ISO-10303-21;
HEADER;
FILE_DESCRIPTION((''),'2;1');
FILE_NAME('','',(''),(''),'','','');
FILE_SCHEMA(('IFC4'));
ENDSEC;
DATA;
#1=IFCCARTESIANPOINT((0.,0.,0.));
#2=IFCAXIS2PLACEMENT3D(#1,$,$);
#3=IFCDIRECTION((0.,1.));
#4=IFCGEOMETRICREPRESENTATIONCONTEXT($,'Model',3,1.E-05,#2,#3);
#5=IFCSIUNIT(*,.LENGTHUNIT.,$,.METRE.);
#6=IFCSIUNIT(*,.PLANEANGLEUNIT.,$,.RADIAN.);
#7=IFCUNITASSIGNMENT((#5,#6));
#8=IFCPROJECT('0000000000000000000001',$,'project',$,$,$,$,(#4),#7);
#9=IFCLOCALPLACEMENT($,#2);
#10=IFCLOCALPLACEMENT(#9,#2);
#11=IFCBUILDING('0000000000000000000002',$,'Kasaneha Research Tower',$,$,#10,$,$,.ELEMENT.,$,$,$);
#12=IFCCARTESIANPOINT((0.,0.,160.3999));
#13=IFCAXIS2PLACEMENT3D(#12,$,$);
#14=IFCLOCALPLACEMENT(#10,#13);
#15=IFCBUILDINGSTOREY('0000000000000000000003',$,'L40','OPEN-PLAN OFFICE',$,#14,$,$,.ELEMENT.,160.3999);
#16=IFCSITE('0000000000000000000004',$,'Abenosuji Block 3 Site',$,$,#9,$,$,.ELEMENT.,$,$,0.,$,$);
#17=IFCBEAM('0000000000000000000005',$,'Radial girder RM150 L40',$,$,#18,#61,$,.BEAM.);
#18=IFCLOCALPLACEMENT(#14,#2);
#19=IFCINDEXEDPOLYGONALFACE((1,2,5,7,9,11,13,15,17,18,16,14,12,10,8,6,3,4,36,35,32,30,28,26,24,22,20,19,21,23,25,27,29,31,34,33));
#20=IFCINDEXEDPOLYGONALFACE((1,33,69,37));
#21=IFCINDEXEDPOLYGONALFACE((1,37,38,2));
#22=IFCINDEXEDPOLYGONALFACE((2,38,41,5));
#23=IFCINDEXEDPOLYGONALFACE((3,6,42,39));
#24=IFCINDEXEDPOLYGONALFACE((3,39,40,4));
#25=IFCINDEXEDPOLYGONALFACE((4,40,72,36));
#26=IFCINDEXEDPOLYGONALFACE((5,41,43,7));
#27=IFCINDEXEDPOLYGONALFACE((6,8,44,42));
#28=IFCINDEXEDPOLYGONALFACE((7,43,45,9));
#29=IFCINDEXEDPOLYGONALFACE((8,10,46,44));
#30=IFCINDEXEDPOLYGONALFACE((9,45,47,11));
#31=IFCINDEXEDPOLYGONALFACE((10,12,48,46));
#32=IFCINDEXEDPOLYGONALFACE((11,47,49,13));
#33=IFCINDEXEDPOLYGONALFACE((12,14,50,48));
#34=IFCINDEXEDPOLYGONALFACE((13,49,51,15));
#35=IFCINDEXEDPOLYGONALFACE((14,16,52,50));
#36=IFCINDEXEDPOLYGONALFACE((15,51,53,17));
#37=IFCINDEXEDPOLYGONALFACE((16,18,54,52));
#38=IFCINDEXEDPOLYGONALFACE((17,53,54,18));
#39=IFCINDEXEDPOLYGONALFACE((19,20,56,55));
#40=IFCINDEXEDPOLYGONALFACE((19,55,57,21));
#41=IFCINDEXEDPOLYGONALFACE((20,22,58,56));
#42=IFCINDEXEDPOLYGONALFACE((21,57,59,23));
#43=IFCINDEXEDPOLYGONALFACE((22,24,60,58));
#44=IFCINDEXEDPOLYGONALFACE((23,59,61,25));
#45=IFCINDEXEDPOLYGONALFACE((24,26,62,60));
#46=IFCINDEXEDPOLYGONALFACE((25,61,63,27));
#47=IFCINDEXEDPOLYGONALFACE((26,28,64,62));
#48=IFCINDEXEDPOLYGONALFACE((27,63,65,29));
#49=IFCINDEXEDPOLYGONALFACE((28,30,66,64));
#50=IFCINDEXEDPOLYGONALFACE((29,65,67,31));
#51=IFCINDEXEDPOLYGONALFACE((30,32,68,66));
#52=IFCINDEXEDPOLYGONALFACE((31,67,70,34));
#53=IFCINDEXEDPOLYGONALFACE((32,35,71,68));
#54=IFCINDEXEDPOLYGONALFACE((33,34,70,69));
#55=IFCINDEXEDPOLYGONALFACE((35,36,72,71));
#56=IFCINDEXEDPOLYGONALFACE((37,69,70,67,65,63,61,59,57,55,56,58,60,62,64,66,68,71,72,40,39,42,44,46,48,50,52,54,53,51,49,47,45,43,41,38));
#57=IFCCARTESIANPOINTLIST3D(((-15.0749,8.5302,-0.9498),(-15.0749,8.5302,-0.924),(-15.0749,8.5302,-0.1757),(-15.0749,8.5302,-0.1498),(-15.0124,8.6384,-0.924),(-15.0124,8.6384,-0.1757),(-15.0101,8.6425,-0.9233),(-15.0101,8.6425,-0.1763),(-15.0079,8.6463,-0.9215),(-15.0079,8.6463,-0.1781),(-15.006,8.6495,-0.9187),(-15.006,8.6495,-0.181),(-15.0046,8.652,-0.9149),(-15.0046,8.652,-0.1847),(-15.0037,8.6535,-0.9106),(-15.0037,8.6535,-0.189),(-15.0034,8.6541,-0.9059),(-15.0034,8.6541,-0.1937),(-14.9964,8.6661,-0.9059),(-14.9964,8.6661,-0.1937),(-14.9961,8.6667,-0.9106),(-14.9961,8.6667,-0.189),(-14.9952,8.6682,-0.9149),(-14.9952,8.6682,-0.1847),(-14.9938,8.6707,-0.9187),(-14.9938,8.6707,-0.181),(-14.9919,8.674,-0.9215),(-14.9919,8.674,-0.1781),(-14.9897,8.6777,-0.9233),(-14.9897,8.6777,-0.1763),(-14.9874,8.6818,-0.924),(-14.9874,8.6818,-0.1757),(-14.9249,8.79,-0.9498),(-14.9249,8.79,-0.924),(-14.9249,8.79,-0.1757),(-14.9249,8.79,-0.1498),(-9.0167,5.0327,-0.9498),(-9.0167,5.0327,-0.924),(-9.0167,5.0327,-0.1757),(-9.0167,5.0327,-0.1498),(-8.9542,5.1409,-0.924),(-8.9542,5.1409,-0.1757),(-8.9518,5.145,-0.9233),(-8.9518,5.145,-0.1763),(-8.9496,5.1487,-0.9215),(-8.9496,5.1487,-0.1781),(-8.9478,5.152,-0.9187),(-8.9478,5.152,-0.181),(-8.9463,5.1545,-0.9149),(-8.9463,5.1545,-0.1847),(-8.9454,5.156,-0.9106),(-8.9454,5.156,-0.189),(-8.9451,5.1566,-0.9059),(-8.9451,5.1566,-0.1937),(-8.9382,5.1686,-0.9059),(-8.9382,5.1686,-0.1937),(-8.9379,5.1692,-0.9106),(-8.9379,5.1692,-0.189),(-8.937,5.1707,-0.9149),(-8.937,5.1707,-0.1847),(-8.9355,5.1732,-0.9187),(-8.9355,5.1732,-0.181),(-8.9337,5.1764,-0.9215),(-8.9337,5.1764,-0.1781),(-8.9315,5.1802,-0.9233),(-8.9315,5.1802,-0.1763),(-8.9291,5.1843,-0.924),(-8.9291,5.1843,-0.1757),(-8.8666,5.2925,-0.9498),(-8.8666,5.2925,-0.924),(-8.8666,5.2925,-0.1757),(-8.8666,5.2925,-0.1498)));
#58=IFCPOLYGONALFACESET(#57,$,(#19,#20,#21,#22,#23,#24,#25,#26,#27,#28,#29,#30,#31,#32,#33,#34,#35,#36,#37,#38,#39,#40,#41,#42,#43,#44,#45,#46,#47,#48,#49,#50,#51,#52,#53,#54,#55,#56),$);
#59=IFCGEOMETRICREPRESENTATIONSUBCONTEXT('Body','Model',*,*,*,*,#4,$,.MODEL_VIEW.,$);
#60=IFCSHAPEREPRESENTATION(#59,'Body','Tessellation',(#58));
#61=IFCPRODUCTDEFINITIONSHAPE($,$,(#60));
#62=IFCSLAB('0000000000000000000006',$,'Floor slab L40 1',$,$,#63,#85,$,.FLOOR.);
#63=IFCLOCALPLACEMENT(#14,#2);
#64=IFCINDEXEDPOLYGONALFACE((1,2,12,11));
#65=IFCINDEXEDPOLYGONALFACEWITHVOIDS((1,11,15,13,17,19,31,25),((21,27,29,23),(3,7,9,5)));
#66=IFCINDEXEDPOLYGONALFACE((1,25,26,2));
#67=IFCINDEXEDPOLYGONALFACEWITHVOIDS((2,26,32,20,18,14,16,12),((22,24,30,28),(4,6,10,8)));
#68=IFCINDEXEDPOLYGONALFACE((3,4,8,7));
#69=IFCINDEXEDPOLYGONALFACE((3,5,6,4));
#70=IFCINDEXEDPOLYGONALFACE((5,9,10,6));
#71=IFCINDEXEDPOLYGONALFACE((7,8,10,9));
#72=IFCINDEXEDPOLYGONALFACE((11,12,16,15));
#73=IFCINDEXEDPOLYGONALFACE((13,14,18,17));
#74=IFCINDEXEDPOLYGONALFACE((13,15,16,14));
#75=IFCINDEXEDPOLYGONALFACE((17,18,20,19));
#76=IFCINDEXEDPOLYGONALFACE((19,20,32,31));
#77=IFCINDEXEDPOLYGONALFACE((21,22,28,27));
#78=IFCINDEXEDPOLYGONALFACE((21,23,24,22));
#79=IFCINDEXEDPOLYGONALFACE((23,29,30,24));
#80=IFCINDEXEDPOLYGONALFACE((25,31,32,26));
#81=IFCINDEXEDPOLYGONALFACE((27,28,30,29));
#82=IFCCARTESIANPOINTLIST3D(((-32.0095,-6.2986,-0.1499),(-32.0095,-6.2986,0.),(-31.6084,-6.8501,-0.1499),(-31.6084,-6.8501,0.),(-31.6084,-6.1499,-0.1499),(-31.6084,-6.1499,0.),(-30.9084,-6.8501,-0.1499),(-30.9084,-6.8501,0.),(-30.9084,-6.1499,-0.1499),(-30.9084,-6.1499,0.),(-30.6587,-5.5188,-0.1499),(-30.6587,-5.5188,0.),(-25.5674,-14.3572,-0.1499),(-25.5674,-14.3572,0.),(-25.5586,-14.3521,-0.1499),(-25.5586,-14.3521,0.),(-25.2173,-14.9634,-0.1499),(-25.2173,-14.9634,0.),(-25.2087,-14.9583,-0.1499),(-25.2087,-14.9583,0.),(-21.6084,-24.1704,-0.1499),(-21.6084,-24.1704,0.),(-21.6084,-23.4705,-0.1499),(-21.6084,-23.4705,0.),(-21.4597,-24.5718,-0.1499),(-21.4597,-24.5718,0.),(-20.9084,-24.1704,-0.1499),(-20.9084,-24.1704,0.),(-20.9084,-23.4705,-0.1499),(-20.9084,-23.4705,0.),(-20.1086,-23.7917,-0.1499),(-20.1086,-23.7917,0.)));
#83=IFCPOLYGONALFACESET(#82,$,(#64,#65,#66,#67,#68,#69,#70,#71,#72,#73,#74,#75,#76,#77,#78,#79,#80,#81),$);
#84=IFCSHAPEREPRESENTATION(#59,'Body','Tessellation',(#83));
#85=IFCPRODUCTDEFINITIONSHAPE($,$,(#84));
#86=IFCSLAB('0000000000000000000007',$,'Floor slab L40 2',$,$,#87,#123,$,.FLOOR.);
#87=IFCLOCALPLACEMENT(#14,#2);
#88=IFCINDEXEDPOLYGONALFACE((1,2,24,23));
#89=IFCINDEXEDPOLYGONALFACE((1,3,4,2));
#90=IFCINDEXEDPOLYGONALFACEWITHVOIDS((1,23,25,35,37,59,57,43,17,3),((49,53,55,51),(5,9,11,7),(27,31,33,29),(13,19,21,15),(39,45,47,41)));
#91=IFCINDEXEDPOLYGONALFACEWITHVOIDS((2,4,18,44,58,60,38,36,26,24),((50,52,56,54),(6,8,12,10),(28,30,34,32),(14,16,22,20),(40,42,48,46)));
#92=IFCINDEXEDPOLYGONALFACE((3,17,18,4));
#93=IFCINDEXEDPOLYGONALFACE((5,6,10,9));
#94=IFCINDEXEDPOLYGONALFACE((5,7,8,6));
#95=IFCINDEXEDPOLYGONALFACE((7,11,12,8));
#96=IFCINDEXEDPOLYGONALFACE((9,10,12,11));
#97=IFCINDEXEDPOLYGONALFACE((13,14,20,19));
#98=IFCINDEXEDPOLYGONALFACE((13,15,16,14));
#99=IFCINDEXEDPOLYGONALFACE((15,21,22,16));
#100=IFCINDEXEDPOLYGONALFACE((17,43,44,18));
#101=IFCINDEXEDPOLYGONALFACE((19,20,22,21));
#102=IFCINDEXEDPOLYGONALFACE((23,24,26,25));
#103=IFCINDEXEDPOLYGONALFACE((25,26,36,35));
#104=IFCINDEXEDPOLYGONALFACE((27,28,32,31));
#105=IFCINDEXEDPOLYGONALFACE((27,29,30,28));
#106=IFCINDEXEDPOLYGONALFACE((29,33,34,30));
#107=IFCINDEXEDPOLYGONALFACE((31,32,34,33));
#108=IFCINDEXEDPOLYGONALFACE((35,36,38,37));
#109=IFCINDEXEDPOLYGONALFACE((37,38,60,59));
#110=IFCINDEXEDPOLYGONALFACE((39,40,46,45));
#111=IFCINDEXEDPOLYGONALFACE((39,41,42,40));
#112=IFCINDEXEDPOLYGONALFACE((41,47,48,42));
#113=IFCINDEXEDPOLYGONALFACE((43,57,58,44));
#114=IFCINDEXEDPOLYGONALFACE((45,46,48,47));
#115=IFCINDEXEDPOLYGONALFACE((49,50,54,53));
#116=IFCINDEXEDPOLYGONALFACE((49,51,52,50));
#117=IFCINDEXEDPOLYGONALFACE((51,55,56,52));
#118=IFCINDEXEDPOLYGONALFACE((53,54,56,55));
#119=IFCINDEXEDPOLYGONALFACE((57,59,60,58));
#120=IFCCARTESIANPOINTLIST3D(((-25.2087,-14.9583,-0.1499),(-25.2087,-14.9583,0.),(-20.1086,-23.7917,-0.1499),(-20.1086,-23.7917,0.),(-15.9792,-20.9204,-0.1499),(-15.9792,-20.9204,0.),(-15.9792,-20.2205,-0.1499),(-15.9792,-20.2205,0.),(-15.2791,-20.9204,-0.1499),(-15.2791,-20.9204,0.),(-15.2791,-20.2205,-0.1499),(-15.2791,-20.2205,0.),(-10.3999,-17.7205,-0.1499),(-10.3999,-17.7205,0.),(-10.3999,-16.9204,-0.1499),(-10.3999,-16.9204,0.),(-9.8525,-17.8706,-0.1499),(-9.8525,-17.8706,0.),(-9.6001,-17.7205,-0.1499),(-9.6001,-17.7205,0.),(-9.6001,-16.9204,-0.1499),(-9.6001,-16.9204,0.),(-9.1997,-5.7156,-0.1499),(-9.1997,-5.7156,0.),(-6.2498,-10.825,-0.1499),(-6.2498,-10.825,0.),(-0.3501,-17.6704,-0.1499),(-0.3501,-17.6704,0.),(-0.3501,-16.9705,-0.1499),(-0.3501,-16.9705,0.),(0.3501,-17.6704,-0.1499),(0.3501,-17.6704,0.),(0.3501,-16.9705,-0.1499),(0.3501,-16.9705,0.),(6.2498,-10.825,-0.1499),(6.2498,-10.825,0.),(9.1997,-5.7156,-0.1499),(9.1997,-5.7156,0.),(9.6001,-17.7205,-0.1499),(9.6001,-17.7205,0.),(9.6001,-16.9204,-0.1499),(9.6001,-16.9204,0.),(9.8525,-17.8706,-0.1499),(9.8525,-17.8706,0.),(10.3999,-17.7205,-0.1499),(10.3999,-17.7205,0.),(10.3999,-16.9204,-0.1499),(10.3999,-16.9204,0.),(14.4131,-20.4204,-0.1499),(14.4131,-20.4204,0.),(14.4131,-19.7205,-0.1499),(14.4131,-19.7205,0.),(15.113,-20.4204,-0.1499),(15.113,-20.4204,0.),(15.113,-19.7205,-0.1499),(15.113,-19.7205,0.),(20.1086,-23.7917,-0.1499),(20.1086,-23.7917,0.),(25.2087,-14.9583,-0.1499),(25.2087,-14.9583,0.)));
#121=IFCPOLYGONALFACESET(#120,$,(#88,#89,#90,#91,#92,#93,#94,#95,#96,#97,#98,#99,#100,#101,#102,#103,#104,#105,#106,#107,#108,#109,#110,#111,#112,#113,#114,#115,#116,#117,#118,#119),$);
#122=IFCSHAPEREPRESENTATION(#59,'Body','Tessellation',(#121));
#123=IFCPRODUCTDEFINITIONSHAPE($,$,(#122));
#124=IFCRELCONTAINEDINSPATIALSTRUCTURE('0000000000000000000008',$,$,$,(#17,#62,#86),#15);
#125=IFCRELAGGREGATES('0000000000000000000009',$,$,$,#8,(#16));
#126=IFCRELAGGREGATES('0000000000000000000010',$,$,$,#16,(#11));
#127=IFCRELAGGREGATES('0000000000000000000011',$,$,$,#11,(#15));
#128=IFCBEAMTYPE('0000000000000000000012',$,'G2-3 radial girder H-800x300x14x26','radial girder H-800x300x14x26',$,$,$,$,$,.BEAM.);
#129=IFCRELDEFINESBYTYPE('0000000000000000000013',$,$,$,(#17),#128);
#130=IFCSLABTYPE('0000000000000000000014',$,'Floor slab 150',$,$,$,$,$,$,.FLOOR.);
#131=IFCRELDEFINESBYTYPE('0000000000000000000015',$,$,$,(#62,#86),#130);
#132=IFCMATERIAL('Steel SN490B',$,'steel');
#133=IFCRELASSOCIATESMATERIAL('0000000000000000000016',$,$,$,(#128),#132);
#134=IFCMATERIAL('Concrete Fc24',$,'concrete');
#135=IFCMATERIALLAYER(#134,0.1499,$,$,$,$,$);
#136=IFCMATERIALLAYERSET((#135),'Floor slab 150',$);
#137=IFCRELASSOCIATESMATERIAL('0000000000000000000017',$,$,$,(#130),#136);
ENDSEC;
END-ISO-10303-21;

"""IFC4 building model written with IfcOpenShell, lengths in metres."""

from ifc_helpers import new_model, si_unit, direction, frame, origin, origin_2d, place, context, subcontext, project, spatial, polyline, i_section, outline, extrude, material, layer, layer_set, material_profile, profile_set, type_object, element, save


model = new_model("IFC4")

# Units and contexts
model_context = context("Model", 3, precision=1e-05, world=origin(), true_north=direction((0.0, 1.0)))
body_context = subcontext(model_context, "Body", "Model", "MODEL_VIEW")
ifc_project = project(units=[si_unit("LENGTHUNIT", "METRE"), si_unit("PLANEANGLEUNIT", "RADIAN")], contexts=[model_context])

# Site, building, storey
site_placement = place(None, origin())
site = spatial("IfcSite", under=ifc_project, at=site_placement, Name="Abenosuji Block 3 Site", CompositionType="ELEMENT", RefElevation=0.0)
building_placement = place(site_placement, origin())
building = spatial("IfcBuilding", under=site, at=building_placement, Name="Kasaneha Research Tower", CompositionType="ELEMENT")
storey_placement = place(building_placement, frame((0.0, 0.0, 160.3999)))
storey = spatial("IfcBuildingStorey", under=building, at=storey_placement, Name="L40", Description="OPEN-PLAN OFFICE", CompositionType="ELEMENT", Elevation=160.3999)

# Beam
ifc_material_1 = material(Name="Steel SN490B", Category="steel")
ifc_material_profile = material_profile(ifc_material_1, i_section(OverallWidth=0.3, OverallDepth=0.8, WebThickness=0.0139, FlangeThickness=0.0259, FilletRadius=0.0181, at=origin_2d()), Name="H-800x300x14x26")
ifc_profile_set = profile_set([ifc_material_profile], Name="Steel SN490B")
beam_type = type_object("IfcBeamType", Name="G2-3 radial girder H-800x300x14x26", Description="radial girder H-800x300x14x26", PredefinedType="BEAM", material=ifc_profile_set)
beam_placement = place(storey_placement, frame((-8.9417, 5.1626, -0.5498), z_axis=(-0.86604, 0.499975, 0.0), x_axis=(-0.499975, -0.86604, 0.0)))
element("IfcBeam", 1, at=beam_placement, inside=storey, type_object=beam_type, Name="Radial girder RM150 L40", PredefinedType="BEAM", context=body_context, shape_type="SweptSolid", body=[
    extrude(i_section(OverallWidth=0.3, OverallDepth=0.8, WebThickness=0.0139, FlangeThickness=0.0259, FilletRadius=0.0181, at=origin_2d()), origin(), (0.0, 0.0, 1.0), 6.9954),
])

# Slabs
ifc_material_2 = material(Name="Concrete Fc24", Category="concrete")
ifc_layer_1 = layer(ifc_material_2, 0.1499)
ifc_layer_set_1 = layer_set([ifc_layer_1], Name="Floor slab 150")
slab_type = type_object("IfcSlabType", Name="Floor slab 150", PredefinedType="FLOOR", material=ifc_layer_set_1)
slab_1_placement = place(storey_placement, frame((0.0, 0.0, -0.1499)))
element("IfcSlab", 2, at=slab_1_placement, inside=storey, type_object=slab_type, Name="Floor slab L40 1", PredefinedType="FLOOR", context=body_context, shape_type="SweptSolid", body=[
    extrude(outline(polyline([(-32.0095, -6.2986), (-30.6587, -5.5188), (-25.5586, -14.3521), (-25.5674, -14.3572), (-25.2173, -14.9634), (-25.2087, -14.9583), (-20.1086, -23.7917), (-21.4597, -24.5718), (-32.0095, -6.2986)]), holes=[polyline([(-20.9084, -24.1704), (-20.9084, -23.4705), (-21.6084, -23.4705), (-21.6084, -24.1704), (-20.9084, -24.1704)]), polyline([(-30.9084, -6.8501), (-30.9084, -6.1499), (-31.6084, -6.1499), (-31.6084, -6.8501), (-30.9084, -6.8501)])]), origin(), (0.0, 0.0, 1.0), 0.1499),
])
slab_2_placement = place(storey_placement, frame((0.0, 0.0, -0.1499)))
element("IfcSlab", 3, at=slab_2_placement, inside=storey, type_object=slab_type, Name="Floor slab L40 2", PredefinedType="FLOOR", context=body_context, shape_type="SweptSolid", body=[
    extrude(outline(polyline([(9.8525, -17.8706), (-9.8525, -17.8706), (-20.1086, -23.7917), (-25.2087, -14.9583), (-9.1997, -5.7156), (-6.2498, -10.825), (6.2498, -10.825), (9.1997, -5.7156), (25.2087, -14.9583), (20.1086, -23.7917), (9.8525, -17.8706)]), holes=[polyline([(-15.2791, -20.9204), (-15.2791, -20.2205), (-15.9792, -20.2205), (-15.9792, -20.9204), (-15.2791, -20.9204)]), polyline([(0.3501, -17.6704), (0.3501, -16.9705), (-0.3501, -16.9705), (-0.3501, -17.6704), (0.3501, -17.6704)]), polyline([(-10.3999, -17.7205), (-9.6001, -17.7205), (-9.6001, -16.9204), (-10.3999, -16.9204), (-10.3999, -17.7205)]), polyline([(15.113, -20.4204), (15.113, -19.7205), (14.4131, -19.7205), (14.4131, -20.4204), (15.113, -20.4204)]), polyline([(9.6001, -17.7205), (10.3999, -17.7205), (10.3999, -16.9204), (9.6001, -16.9204), (9.6001, -17.7205)])]), origin(), (0.0, 0.0, 1.0), 0.1499),
])

save(model, "model.ifc")
